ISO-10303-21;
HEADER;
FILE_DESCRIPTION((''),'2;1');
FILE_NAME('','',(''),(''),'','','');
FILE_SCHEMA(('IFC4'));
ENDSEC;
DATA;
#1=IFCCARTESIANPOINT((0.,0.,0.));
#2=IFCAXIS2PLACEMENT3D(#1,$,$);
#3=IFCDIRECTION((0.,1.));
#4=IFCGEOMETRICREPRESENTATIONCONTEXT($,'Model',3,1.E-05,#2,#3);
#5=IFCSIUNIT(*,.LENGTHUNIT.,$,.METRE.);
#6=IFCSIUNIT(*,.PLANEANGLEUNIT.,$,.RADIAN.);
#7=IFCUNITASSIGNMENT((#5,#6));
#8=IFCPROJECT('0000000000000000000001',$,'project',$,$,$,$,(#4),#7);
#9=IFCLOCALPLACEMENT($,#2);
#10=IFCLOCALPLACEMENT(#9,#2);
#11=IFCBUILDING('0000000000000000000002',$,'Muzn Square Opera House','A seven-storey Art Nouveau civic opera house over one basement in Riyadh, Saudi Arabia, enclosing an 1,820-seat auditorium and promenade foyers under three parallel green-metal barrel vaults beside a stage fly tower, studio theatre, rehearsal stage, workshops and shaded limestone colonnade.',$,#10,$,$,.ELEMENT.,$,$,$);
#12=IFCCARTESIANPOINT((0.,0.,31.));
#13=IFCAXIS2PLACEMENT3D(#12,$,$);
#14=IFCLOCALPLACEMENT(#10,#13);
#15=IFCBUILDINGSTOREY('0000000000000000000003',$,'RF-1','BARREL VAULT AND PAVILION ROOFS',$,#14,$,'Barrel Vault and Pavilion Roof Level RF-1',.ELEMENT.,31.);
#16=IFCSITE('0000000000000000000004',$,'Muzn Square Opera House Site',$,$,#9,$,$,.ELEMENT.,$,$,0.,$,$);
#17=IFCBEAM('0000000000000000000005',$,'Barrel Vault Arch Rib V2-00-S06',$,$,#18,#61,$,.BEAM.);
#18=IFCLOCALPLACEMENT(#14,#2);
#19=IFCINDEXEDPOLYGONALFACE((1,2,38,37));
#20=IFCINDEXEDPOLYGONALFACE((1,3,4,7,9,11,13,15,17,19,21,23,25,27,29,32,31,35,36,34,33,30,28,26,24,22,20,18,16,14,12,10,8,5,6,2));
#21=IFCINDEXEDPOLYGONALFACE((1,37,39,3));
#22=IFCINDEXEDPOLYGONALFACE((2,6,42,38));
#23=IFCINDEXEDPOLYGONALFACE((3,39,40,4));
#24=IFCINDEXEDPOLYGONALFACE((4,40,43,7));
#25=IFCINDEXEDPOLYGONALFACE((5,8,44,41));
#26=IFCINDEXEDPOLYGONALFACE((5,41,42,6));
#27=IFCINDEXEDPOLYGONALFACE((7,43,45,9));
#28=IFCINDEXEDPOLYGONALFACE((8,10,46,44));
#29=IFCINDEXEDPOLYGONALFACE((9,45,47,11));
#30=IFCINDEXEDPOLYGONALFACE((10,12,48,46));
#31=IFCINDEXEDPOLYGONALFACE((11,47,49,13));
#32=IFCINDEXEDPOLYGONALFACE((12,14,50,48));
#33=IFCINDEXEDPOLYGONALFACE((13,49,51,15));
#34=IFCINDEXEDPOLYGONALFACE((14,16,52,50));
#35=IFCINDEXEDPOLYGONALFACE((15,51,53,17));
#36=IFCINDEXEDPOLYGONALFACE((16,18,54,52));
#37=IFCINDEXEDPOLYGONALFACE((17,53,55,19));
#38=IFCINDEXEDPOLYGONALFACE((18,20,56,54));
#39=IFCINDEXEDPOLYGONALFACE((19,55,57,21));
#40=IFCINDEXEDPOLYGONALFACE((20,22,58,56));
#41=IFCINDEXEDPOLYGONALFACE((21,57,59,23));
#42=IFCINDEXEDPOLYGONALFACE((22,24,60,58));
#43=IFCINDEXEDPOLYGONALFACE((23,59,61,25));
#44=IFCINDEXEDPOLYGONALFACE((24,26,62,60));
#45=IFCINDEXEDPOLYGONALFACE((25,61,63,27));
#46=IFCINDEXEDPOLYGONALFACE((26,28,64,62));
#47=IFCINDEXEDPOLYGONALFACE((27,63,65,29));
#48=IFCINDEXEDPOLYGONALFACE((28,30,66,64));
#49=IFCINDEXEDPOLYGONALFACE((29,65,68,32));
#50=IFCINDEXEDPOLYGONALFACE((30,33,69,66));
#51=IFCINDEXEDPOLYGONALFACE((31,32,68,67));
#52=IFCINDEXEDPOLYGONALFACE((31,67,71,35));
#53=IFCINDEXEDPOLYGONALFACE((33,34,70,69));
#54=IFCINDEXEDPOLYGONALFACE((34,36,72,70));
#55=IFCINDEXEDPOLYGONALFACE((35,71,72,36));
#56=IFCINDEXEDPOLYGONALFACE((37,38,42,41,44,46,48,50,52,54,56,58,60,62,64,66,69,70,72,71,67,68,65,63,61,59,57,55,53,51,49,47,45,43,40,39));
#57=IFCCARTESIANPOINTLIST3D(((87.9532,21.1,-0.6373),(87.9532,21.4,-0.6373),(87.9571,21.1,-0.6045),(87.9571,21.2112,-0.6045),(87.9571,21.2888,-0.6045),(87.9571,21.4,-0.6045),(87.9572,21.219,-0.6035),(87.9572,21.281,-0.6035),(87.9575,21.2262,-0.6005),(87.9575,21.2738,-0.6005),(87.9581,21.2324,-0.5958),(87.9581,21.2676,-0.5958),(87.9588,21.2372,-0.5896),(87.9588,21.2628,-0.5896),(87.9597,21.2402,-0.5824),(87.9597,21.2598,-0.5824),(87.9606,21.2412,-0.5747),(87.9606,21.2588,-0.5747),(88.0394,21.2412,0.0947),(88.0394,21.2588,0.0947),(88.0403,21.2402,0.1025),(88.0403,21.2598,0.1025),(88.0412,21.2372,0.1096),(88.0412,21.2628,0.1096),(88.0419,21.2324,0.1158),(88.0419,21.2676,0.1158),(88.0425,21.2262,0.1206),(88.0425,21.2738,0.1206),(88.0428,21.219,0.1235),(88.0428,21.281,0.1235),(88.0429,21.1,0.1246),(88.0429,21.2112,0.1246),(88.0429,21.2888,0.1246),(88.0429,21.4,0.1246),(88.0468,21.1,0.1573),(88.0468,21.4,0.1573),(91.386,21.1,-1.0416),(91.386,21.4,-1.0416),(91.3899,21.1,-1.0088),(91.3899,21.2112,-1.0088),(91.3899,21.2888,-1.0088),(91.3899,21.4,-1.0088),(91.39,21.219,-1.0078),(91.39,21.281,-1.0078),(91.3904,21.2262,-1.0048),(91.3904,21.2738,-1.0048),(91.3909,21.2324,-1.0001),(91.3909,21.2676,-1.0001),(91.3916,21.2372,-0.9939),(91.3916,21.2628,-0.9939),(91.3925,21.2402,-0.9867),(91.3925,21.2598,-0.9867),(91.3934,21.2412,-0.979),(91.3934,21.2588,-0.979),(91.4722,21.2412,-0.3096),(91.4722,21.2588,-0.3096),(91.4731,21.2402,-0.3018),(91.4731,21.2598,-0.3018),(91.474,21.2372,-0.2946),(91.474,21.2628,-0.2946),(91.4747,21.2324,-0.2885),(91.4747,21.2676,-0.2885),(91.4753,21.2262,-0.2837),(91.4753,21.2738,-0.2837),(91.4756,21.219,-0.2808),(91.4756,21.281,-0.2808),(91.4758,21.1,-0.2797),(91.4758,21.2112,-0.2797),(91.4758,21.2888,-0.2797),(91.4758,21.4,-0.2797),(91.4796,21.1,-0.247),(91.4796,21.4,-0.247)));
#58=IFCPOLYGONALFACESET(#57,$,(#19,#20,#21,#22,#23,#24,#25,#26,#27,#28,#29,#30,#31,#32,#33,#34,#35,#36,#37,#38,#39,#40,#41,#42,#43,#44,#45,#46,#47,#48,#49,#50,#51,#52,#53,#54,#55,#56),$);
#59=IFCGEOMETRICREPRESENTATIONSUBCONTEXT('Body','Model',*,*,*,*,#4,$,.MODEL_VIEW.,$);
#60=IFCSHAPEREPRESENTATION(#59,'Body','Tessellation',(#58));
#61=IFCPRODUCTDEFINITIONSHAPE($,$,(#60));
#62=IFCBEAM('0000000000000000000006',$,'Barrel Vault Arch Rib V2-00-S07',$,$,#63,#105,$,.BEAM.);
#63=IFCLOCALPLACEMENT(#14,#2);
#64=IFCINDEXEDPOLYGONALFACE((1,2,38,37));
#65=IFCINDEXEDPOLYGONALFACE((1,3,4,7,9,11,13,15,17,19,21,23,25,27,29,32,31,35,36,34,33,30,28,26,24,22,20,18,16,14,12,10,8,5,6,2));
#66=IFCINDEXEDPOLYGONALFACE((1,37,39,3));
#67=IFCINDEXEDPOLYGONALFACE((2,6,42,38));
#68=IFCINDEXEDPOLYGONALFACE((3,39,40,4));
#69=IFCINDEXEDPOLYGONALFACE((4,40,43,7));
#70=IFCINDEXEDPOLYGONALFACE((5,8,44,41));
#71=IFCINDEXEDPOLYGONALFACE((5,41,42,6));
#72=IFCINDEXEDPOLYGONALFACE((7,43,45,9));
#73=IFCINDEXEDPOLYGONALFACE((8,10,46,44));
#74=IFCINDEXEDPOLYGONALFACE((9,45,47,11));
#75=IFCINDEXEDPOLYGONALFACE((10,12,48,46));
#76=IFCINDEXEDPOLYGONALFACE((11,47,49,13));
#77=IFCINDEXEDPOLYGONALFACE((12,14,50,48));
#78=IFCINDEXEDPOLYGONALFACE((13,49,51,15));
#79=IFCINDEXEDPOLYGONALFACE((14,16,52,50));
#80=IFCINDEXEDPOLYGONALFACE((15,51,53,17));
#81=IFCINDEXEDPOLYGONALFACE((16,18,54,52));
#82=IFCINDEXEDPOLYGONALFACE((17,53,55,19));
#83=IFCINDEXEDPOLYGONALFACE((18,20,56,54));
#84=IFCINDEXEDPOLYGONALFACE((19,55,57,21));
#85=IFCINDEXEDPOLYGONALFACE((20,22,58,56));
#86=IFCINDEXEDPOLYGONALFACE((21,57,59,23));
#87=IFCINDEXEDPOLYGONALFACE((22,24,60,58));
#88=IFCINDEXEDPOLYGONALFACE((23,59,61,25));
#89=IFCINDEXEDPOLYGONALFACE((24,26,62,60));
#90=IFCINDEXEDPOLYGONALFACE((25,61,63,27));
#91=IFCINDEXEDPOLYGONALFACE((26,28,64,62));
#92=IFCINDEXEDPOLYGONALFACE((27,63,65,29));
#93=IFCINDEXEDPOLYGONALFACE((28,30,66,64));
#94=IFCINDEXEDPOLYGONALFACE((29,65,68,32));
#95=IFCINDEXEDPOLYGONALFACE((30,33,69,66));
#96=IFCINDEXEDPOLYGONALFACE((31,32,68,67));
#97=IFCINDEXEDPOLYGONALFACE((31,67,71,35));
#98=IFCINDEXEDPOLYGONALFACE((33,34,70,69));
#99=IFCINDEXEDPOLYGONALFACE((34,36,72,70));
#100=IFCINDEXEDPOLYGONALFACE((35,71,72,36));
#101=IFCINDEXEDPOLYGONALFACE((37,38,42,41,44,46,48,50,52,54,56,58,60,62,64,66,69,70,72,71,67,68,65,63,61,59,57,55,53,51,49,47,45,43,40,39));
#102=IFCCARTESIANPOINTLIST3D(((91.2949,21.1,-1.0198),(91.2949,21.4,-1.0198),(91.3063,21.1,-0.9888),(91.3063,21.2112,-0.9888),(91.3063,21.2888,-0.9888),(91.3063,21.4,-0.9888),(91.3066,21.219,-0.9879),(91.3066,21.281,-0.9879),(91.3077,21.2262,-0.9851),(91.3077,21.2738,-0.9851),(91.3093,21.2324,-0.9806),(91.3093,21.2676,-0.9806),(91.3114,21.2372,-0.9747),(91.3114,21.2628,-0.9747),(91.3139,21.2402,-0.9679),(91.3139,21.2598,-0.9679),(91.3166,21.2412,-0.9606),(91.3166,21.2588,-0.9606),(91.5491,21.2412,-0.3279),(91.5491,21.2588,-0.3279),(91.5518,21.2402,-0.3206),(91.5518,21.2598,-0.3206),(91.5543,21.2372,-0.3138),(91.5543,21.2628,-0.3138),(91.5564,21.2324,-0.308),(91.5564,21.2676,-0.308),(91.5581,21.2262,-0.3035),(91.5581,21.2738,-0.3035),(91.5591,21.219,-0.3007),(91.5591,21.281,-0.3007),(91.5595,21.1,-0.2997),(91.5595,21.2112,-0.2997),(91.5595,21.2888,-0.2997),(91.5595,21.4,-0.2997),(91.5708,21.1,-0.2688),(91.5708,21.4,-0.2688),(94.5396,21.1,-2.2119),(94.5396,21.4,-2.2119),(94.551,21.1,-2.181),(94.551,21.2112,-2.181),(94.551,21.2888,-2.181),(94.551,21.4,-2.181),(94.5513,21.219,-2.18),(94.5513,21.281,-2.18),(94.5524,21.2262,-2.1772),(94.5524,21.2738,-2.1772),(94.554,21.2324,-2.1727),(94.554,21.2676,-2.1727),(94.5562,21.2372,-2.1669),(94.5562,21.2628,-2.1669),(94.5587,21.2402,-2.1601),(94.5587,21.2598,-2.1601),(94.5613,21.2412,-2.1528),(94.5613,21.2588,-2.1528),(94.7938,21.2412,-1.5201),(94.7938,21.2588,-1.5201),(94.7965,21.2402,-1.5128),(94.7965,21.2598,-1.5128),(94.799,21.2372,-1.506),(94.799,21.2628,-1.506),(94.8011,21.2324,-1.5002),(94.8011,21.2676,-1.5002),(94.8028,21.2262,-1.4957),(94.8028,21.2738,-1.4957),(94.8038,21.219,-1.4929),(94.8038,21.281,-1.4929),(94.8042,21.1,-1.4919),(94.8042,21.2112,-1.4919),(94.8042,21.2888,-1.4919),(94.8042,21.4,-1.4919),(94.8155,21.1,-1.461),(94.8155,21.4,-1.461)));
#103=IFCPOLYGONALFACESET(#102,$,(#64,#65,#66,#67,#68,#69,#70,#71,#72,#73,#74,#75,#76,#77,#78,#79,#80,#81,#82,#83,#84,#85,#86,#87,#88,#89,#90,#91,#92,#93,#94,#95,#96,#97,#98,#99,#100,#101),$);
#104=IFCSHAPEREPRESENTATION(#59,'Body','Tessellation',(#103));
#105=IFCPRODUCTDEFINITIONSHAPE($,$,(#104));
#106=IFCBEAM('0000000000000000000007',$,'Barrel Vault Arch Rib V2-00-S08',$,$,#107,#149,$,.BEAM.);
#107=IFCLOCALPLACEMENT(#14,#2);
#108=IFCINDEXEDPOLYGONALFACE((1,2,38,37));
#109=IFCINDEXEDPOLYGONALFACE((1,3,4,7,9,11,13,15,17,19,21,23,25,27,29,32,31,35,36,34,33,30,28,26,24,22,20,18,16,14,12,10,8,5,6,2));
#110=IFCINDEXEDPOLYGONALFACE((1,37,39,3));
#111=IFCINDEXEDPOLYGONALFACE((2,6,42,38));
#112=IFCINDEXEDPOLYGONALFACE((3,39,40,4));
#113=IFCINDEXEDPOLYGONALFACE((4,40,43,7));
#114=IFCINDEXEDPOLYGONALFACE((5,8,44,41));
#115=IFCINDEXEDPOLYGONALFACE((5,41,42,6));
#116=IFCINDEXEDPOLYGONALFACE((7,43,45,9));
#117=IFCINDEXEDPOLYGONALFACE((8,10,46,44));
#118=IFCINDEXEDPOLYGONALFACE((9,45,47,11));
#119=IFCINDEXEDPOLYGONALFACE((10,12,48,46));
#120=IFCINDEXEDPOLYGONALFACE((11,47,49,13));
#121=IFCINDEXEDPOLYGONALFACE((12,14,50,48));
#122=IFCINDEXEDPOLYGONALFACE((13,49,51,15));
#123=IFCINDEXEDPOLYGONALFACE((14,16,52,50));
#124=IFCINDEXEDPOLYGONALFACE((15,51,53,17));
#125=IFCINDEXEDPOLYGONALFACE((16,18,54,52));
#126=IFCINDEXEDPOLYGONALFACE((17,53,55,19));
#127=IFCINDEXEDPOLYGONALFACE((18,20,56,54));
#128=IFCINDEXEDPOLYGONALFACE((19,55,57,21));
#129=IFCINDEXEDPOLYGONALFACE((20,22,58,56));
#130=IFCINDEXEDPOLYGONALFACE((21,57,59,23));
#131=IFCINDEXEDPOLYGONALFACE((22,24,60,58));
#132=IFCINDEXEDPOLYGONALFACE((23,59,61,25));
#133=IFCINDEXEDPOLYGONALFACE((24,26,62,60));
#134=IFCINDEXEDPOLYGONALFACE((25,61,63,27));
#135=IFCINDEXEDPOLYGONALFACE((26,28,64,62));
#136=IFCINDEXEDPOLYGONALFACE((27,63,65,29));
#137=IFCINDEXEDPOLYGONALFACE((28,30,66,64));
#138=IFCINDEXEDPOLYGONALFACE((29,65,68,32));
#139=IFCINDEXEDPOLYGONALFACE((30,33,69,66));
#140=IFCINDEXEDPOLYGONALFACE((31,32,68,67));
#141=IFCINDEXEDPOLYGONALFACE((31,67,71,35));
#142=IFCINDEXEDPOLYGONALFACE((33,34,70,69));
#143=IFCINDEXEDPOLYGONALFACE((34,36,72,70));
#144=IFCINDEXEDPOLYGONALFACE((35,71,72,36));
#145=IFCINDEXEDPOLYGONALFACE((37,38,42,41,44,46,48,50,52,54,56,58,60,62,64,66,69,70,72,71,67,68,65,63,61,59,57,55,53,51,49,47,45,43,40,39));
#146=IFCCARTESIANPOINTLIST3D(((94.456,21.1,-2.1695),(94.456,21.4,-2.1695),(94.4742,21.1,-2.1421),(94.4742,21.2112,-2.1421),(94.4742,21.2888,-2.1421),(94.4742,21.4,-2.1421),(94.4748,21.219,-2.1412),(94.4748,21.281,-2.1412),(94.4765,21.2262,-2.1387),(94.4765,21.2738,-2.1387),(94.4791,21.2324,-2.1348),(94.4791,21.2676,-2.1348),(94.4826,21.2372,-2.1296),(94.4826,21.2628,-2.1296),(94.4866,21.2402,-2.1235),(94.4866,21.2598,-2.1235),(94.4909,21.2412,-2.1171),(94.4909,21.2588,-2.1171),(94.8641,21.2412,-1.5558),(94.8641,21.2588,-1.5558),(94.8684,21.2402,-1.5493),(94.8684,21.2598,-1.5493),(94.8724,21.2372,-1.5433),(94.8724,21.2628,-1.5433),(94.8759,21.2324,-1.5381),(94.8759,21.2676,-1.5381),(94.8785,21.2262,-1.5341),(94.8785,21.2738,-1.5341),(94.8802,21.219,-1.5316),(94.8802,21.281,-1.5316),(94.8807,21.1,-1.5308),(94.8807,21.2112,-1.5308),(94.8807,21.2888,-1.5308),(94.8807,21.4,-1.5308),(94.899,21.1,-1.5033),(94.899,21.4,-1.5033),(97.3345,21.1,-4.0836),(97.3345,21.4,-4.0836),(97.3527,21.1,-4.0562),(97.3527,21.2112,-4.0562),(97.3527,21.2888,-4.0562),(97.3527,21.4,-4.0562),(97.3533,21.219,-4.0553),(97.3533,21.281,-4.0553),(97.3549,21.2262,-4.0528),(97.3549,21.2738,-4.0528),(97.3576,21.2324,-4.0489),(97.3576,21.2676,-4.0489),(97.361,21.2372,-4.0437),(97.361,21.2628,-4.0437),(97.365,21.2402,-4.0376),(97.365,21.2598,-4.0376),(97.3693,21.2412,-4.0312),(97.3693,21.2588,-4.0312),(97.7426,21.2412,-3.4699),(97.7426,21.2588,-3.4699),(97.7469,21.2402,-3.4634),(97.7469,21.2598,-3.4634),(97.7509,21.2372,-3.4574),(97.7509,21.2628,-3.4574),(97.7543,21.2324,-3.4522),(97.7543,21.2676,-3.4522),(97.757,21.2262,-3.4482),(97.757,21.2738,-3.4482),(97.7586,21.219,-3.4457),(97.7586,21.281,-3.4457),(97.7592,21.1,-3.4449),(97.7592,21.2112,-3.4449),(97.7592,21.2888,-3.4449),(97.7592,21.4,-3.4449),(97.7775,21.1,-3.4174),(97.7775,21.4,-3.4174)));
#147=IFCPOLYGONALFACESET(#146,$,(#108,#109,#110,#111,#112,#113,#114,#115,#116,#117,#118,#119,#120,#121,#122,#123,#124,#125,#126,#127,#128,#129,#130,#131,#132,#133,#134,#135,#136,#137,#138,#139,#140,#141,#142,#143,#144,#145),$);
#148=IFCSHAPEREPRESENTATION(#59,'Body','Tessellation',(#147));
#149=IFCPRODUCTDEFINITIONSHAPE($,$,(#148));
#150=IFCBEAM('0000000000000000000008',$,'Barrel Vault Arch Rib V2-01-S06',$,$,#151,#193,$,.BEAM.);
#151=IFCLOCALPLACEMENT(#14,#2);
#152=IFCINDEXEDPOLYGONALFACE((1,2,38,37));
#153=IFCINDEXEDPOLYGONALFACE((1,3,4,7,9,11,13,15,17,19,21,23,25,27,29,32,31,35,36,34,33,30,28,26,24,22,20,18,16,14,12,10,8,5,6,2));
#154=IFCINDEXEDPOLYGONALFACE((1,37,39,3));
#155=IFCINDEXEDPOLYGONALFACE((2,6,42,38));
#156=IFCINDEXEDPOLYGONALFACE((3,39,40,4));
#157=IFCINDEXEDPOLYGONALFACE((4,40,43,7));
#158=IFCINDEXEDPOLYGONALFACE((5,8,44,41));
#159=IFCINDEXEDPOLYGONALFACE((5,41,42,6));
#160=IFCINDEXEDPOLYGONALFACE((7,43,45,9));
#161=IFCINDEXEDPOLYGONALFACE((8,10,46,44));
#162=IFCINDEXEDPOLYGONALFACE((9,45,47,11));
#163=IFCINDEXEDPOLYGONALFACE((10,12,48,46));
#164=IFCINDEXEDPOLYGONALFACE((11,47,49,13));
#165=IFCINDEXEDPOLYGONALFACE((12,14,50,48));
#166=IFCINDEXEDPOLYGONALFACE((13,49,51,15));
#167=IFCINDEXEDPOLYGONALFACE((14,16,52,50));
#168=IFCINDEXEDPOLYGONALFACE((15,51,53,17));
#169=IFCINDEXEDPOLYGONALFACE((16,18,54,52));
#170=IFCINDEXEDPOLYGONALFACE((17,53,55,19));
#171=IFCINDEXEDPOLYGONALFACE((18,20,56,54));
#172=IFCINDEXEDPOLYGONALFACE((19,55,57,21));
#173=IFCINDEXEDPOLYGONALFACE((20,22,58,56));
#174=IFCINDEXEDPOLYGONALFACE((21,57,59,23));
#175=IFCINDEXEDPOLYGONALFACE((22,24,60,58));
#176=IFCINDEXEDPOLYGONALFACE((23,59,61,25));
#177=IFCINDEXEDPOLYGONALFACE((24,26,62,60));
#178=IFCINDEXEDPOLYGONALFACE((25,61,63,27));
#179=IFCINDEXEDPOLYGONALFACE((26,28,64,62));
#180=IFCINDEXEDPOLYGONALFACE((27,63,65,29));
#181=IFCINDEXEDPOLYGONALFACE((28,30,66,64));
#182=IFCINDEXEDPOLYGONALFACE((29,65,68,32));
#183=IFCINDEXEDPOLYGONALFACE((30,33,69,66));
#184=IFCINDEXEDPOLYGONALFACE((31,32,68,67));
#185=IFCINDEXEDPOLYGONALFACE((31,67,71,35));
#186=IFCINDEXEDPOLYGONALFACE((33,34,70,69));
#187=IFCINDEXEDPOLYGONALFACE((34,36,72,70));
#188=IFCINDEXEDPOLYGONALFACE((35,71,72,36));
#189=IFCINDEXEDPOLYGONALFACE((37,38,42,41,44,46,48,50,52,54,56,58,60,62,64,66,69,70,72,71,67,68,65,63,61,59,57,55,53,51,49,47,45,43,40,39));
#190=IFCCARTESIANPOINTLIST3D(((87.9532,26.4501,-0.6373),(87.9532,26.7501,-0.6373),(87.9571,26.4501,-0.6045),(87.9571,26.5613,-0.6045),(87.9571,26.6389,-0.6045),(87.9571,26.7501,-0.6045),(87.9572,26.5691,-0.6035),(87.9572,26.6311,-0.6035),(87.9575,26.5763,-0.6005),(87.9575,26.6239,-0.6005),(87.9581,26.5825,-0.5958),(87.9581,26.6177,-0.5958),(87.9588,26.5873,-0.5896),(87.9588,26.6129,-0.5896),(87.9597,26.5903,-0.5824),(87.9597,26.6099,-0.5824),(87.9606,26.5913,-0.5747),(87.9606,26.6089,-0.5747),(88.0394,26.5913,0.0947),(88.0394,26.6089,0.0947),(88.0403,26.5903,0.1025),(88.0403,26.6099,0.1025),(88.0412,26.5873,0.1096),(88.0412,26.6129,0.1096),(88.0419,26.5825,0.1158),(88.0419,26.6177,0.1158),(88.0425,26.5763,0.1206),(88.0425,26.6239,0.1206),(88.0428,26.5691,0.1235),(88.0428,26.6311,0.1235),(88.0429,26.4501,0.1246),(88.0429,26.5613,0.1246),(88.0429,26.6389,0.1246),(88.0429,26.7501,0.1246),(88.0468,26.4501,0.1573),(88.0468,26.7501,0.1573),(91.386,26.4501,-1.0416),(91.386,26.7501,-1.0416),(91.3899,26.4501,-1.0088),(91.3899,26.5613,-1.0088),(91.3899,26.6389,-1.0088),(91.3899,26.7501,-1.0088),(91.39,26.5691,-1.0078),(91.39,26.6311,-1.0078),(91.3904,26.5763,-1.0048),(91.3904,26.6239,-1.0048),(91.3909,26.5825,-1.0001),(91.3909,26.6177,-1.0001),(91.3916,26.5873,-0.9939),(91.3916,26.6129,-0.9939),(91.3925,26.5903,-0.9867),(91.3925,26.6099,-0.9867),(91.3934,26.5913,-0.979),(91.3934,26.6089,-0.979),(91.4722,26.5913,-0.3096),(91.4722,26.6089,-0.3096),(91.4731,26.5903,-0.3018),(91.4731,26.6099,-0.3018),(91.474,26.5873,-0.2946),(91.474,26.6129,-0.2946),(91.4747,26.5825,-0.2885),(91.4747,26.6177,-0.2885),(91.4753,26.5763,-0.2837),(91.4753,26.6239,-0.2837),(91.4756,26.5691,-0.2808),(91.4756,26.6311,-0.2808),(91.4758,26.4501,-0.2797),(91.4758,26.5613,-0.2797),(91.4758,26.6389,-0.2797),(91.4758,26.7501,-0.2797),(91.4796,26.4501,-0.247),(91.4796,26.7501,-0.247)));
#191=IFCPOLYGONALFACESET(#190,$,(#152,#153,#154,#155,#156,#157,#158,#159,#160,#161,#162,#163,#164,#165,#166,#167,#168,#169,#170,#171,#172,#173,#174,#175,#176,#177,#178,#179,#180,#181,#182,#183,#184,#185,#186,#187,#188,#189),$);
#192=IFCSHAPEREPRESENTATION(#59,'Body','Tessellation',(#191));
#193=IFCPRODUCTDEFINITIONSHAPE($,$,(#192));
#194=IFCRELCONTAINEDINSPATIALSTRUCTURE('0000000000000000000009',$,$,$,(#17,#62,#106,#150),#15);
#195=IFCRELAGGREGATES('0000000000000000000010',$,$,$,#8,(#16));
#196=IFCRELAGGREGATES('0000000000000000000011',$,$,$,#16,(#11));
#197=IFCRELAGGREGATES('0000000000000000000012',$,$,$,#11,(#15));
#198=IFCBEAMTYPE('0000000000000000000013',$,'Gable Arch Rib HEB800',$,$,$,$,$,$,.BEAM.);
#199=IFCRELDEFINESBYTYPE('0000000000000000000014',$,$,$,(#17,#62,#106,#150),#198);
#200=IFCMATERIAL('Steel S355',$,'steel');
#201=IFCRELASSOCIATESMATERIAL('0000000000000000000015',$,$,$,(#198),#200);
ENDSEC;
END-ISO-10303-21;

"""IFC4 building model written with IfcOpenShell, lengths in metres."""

from ifc_helpers import new_model, si_unit, direction, frame, origin, origin_2d, place, context, subcontext, project, spatial, i_section, extrude, material, material_profile, profile_set, type_object, element, save


model = new_model("IFC4")

# Units and contexts
model_context = context("Model", 3, precision=1e-05, world=origin(), true_north=direction((0.0, 1.0)))
body_context = subcontext(model_context, "Body", "Model", "MODEL_VIEW")
ifc_project = project(units=[si_unit("LENGTHUNIT", "METRE"), si_unit("PLANEANGLEUNIT", "RADIAN")], contexts=[model_context])

# Site, building, storey
site_placement = place(None, origin())
site = spatial("IfcSite", under=ifc_project, at=site_placement, Name="Muzn Square Opera House Site", CompositionType="ELEMENT", RefElevation=0.0)
building_placement = place(site_placement, origin())
building = spatial("IfcBuilding", under=site, at=building_placement, Name="Muzn Square Opera House", Description="A seven-storey Art Nouveau civic opera house over one basement in Riyadh, Saudi Arabia, enclosing an 1,820-seat auditorium and promenade foyers under three parallel green-metal barrel vaults beside a stage fly tower, studio theatre, rehearsal stage, workshops and shaded limestone colonnade.", CompositionType="ELEMENT")
storey_placement = place(building_placement, frame((0.0, 0.0, 31.0)))
storey = spatial("IfcBuildingStorey", under=building, at=storey_placement, Name="RF-1", Description="BARREL VAULT AND PAVILION ROOFS", LongName="Barrel Vault and Pavilion Roof Level RF-1", CompositionType="ELEMENT", Elevation=31.0)

# Beams
ifc_material_1 = material(Name="Steel S355", Category="steel")
ifc_material_profile_1 = material_profile(ifc_material_1, i_section(OverallWidth=0.3, OverallDepth=0.8, WebThickness=0.0176, FlangeThickness=0.033, FilletRadius=0.03, at=origin_2d()), Name="HEB 800", Category="steel")
ifc_profile_set_1 = profile_set([ifc_material_profile_1], Name="Steel S355")
beam_type_1 = type_object("IfcBeamType", Name="Gable Arch Rib HEB800", PredefinedType="BEAM", material=ifc_profile_set_1)
beam_1_placement = place(storey_placement, frame((88.0, 21.25, -0.24), z_axis=(0.993136, 0.0, -0.116964), x_axis=(0.0, 1.0, 0.0)))
element("IfcBeam", 1, at=beam_1_placement, inside=storey, type_object=beam_type_1, Name="Barrel Vault Arch Rib V2-00-S06", PredefinedType="BEAM", context=body_context, shape_type="SweptSolid", body=[
    extrude(i_section(OverallWidth=0.3, OverallDepth=0.8, WebThickness=0.0176, FlangeThickness=0.033, FilletRadius=0.03, at=origin_2d()), origin(), (0.0, 0.0, 1.0), 3.4565),
])
for number, where, z_axis, x_axis, name in (
    (2, (91.4329, 21.25, -0.6443), (0.938648, 0.0, -0.344877), (0.0, 1.0, 0.0), "Barrel Vault Arch Rib V2-00-S07"),
    (3, (94.6775, 21.25, -1.8364), (0.832702, 0.0, -0.553722), (0.0, 1.0, 0.0), "Barrel Vault Arch Rib V2-00-S08"),
):
    element("IfcBeam", number, at=place(storey_placement, frame(where, z_axis=z_axis, x_axis=x_axis)), inside=storey, type_object=beam_type_1, Name=name, PredefinedType="BEAM", context=body_context, shape_type="SweptSolid", body=[
        extrude(i_section(OverallWidth=0.3, OverallDepth=0.8, WebThickness=0.0176, FlangeThickness=0.033, FilletRadius=0.03, at=origin_2d()), origin(), (0.0, 0.0, 1.0), 3.4568),
    ])
beam_2_placement = place(storey_placement, frame((88.0, 26.6001, -0.24), z_axis=(0.993136, 0.0, -0.116964), x_axis=(0.0, 1.0, 0.0)))
element("IfcBeam", 4, at=beam_2_placement, inside=storey, type_object=beam_type_1, Name="Barrel Vault Arch Rib V2-01-S06", PredefinedType="BEAM", context=body_context, shape_type="SweptSolid", body=[
    extrude(i_section(OverallWidth=0.3, OverallDepth=0.8, WebThickness=0.0176, FlangeThickness=0.033, FilletRadius=0.03, at=origin_2d()), origin(), (0.0, 0.0, 1.0), 3.4565),
])

save(model, "model.ifc")
